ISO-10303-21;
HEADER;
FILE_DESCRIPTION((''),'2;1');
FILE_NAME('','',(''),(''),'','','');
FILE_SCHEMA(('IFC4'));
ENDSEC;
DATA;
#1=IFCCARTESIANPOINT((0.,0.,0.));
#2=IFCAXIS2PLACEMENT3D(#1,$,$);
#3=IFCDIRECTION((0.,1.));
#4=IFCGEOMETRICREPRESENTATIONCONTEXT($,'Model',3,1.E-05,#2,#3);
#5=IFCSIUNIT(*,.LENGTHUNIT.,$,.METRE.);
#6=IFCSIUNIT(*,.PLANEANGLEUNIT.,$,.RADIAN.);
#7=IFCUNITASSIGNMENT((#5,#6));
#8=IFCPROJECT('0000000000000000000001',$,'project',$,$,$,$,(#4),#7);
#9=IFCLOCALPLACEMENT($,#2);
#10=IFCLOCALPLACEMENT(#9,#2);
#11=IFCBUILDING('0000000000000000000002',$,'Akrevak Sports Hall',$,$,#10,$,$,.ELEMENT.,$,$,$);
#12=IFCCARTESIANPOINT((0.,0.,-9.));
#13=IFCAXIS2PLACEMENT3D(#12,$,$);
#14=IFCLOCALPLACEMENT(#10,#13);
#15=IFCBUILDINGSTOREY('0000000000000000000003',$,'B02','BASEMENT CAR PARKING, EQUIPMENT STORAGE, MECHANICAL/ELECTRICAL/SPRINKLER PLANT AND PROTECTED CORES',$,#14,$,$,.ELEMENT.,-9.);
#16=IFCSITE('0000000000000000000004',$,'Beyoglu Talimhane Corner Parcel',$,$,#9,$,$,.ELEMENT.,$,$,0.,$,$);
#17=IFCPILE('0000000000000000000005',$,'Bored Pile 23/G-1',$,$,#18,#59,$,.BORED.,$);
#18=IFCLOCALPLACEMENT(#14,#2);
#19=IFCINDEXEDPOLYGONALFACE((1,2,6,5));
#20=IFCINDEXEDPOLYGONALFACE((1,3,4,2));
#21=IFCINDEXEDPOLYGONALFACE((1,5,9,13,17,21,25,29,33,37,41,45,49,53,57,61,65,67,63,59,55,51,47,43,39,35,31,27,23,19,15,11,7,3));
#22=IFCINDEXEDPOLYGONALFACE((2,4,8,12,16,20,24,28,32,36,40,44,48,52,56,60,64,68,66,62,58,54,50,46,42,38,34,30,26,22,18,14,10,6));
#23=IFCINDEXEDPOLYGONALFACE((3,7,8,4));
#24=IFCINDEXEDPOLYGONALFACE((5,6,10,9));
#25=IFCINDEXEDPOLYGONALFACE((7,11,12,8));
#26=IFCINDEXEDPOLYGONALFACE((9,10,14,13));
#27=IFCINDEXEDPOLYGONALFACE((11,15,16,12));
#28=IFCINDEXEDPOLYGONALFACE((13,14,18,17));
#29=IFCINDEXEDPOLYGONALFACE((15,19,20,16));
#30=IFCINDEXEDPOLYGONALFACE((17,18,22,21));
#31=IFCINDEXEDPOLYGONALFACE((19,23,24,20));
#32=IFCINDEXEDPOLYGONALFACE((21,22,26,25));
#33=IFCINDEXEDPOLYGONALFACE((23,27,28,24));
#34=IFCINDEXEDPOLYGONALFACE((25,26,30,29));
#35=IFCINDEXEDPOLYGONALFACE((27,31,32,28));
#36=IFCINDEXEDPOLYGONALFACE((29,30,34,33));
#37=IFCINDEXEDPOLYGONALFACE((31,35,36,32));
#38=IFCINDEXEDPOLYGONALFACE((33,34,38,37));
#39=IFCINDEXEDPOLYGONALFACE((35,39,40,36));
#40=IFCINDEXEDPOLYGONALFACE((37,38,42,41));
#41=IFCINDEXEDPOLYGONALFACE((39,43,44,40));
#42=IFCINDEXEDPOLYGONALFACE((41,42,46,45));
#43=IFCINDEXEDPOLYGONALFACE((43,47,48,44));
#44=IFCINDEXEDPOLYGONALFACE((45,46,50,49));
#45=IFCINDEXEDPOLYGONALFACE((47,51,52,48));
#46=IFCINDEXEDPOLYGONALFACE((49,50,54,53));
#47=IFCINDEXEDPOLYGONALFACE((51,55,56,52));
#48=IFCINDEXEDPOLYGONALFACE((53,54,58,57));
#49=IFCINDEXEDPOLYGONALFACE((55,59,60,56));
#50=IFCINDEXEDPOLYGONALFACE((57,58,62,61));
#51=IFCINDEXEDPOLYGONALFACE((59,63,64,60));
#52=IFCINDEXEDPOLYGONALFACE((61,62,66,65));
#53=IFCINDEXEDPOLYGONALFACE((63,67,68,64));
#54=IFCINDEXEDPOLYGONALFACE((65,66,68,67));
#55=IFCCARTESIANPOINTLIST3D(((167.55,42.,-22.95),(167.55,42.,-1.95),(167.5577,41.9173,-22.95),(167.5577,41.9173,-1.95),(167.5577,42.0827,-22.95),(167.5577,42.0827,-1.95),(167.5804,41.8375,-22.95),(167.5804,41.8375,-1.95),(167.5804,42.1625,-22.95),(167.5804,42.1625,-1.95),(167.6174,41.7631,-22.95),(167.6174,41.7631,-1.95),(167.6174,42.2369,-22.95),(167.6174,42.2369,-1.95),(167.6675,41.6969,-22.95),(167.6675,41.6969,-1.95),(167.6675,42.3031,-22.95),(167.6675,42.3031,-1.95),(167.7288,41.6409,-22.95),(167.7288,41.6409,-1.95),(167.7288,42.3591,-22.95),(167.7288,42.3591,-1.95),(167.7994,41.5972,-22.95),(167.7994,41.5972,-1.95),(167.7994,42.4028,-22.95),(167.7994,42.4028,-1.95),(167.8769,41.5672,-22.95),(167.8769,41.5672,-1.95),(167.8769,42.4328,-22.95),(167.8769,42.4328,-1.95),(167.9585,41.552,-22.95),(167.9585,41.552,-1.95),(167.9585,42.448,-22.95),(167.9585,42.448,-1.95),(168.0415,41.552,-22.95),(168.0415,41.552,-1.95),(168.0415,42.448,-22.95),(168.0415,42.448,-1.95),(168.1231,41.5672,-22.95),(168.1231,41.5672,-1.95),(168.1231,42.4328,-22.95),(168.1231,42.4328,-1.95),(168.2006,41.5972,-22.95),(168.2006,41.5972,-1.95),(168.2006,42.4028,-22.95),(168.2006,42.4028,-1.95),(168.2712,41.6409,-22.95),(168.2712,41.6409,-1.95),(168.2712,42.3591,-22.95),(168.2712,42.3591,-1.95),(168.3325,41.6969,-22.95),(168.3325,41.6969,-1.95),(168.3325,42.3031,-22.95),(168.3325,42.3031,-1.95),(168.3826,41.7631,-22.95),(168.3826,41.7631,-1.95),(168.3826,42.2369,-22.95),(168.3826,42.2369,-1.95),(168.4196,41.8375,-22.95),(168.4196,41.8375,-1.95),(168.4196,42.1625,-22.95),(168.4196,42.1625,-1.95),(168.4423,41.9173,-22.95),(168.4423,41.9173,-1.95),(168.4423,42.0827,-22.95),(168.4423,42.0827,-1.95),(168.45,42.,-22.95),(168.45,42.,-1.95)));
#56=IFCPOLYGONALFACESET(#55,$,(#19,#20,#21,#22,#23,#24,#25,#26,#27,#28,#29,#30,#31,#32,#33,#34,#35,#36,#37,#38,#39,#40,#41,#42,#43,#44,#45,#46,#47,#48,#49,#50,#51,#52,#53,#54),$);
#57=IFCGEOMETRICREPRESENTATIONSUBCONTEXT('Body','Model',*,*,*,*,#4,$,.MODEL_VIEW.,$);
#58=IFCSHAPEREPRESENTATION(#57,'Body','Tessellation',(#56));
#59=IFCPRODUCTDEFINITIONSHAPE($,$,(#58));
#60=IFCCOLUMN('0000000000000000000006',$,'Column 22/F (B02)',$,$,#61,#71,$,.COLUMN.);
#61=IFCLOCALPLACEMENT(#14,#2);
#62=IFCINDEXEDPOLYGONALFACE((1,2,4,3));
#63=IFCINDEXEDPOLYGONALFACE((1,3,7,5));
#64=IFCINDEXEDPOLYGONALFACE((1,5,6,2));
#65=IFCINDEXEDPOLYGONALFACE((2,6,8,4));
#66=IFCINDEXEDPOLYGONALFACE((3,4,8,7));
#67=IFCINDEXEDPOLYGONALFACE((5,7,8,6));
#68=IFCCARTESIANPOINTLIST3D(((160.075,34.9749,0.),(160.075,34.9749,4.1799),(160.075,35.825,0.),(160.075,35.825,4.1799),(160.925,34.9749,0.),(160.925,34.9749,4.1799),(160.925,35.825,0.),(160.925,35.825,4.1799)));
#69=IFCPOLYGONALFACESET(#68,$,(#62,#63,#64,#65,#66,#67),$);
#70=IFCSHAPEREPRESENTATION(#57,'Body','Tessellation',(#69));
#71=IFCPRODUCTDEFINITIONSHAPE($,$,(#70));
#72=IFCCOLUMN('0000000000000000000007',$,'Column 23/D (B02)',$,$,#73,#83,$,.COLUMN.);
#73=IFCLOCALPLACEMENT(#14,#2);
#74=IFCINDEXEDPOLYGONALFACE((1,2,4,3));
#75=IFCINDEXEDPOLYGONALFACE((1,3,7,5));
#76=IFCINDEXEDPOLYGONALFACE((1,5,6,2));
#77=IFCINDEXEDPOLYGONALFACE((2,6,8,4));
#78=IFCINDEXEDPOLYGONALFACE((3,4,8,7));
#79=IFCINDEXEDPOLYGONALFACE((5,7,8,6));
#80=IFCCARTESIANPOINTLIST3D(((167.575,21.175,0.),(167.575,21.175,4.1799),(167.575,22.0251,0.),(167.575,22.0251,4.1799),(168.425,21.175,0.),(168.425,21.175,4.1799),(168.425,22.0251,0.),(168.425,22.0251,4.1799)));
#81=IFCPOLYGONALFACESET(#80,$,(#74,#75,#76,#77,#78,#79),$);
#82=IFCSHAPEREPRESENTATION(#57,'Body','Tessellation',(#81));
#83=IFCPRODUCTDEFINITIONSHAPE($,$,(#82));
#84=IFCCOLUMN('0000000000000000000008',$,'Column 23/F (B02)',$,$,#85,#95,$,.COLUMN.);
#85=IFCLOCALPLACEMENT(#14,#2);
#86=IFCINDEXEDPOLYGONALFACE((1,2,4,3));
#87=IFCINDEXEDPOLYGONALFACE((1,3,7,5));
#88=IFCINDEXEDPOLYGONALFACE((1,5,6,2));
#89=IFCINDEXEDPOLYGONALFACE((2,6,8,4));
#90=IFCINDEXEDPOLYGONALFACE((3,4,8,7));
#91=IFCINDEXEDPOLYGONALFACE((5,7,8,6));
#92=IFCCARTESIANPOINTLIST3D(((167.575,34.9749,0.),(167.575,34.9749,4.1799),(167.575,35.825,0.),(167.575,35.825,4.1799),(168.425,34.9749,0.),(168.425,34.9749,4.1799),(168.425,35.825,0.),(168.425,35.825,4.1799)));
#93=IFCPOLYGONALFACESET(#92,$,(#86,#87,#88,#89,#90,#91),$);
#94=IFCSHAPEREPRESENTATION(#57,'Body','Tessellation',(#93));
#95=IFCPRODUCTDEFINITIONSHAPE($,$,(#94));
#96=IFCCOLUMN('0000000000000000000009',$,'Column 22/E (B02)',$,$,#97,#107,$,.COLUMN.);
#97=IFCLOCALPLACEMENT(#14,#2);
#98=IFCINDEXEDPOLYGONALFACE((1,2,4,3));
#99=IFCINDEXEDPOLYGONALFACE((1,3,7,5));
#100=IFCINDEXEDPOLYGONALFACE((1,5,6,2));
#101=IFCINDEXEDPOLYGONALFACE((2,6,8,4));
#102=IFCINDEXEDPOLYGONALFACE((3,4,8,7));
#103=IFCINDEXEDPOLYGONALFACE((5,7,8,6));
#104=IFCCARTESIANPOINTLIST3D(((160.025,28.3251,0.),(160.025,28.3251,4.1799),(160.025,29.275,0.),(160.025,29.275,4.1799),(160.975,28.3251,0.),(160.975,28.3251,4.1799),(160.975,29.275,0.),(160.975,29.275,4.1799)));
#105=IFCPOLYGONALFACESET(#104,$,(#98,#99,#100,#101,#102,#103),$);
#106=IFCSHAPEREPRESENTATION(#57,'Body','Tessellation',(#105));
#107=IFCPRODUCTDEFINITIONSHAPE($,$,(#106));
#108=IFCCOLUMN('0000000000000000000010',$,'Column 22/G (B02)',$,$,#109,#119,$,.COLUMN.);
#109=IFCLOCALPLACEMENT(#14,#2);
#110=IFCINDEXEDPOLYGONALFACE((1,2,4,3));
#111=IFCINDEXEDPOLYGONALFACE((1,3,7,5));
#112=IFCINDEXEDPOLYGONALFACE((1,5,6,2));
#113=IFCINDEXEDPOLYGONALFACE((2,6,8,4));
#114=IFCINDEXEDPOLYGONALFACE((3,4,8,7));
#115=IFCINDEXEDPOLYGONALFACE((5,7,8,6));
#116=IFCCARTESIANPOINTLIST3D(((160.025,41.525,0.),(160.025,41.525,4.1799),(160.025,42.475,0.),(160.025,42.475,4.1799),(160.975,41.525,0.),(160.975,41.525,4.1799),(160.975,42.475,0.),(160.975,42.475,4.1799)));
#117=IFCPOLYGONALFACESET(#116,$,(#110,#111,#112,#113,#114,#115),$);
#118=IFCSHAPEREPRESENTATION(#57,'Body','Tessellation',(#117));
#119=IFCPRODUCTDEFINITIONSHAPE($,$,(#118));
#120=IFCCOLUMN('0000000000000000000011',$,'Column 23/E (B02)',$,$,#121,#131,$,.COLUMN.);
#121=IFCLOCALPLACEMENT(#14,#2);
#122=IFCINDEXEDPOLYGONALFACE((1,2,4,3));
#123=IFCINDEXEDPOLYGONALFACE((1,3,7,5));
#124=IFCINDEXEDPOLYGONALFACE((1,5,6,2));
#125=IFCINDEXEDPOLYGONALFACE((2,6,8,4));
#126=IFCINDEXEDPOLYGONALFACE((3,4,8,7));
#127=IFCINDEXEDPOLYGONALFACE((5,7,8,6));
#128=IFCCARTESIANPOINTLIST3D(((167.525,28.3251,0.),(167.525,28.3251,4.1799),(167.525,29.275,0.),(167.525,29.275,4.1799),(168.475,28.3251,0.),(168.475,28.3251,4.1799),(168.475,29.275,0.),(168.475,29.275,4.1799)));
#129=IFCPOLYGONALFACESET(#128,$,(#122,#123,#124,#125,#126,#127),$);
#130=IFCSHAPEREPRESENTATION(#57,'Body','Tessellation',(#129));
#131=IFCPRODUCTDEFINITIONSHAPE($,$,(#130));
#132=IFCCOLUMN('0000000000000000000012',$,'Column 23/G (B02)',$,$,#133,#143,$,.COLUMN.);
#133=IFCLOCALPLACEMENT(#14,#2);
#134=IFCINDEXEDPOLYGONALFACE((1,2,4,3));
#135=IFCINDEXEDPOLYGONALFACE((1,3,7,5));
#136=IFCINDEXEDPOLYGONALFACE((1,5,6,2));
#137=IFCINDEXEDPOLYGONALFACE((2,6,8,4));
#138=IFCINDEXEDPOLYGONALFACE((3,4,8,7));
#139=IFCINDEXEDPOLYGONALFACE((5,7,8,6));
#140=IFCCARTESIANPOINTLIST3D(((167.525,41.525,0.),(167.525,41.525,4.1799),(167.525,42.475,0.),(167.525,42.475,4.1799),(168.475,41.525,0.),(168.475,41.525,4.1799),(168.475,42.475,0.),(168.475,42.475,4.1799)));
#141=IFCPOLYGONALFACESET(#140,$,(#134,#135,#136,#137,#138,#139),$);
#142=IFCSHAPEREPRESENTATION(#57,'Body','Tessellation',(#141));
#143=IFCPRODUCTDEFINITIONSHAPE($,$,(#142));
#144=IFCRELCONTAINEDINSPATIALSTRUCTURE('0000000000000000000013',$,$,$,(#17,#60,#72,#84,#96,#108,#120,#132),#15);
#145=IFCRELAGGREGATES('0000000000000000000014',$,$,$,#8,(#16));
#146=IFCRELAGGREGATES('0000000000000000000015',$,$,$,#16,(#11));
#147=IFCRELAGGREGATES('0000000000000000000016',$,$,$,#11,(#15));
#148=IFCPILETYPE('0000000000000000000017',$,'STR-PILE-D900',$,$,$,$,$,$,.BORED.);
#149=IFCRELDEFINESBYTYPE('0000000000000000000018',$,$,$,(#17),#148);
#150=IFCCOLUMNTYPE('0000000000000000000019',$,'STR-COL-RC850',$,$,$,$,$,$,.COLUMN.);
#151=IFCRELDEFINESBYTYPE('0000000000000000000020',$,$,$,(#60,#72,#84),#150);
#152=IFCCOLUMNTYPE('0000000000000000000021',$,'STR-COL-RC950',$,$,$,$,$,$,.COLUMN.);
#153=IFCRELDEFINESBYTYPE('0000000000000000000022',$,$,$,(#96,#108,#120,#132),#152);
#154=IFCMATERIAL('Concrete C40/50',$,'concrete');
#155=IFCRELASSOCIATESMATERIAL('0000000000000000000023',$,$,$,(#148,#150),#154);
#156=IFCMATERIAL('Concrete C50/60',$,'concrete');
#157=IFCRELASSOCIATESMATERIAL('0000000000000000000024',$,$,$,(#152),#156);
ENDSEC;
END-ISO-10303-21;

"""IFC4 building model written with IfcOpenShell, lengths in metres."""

from ifc_helpers import new_model, si_unit, direction, frame, origin, origin_2d, place, context, subcontext, project, spatial, rectangle, circle, extrude, material, material_profile, profile_set, type_object, element, save


model = new_model("IFC4")

# Units and contexts
model_context = context("Model", 3, precision=1e-05, world=origin(), true_north=direction((0.0, 1.0)))
body_context = subcontext(model_context, "Body", "Model", "MODEL_VIEW")
ifc_project = project(units=[si_unit("LENGTHUNIT", "METRE"), si_unit("PLANEANGLEUNIT", "RADIAN")], contexts=[model_context])

# Site, building, storey
site_placement = place(None, origin())
site = spatial("IfcSite", under=ifc_project, at=site_placement, Name="Beyoglu Talimhane Corner Parcel", CompositionType="ELEMENT", RefElevation=0.0)
building_placement = place(site_placement, origin())
building = spatial("IfcBuilding", under=site, at=building_placement, Name="Akrevak Sports Hall", CompositionType="ELEMENT")
storey_placement = place(building_placement, frame((0.0, 0.0, -9.0)))
storey = spatial("IfcBuildingStorey", under=building, at=storey_placement, Name="B02", Description="BASEMENT CAR PARKING, EQUIPMENT STORAGE, MECHANICAL/ELECTRICAL/SPRINKLER PLANT AND PROTECTED CORES", CompositionType="ELEMENT", Elevation=-9.0)

# Shared definitions
ifc_material_1 = material(Name="Concrete C40/50", Category="concrete")

# Pile
ifc_material_profile_1 = material_profile(ifc_material_1, circle(Radius=0.45, at=origin_2d()), Name="BORED PILE D900", Category="concrete")
ifc_profile_set_1 = profile_set([ifc_material_profile_1], Name="Concrete C40/50")
pile_type_1 = type_object("IfcPileType", Name="STR-PILE-D900", PredefinedType="BORED", material=ifc_profile_set_1)
for number, where, z_axis, x_axis, name in (
    (1, (168.0, 42.0, -1.95), (0.0, 0.0, -1.0), (1.0, 0.0, 0.0), "Bored Pile 23/G-1"),
):
    element("IfcPile", number, at=place(storey_placement, frame(where, z_axis=z_axis, x_axis=x_axis)), inside=storey, type_object=pile_type_1, Name=name, PredefinedType="BORED", context=body_context, shape_type="SweptSolid", body=[
        extrude(circle(Radius=0.45, at=origin_2d()), origin(), (0.0, 0.0, 1.0), 21.0),
    ])

# Columns
ifc_material_profile_2 = material_profile(ifc_material_1, rectangle(XDim=0.8501, YDim=0.8501, at=origin_2d()), Name="RC 850x850", Category="concrete")
ifc_profile_set_2 = profile_set([ifc_material_profile_2], Name="Concrete C40/50")
column_type_1 = type_object("IfcColumnType", Name="STR-COL-RC850", PredefinedType="COLUMN", material=ifc_profile_set_2)
for number, where, z_axis, x_axis, name in (
    (2, (160.5, 35.3999, 0.0), (0.0, 0.0, 1.0), (1.0, 0.0, 0.0), "Column 22/F (B02)"),
    (3, (168.0, 21.6001, 0.0), (0.0, 0.0, 1.0), (1.0, 0.0, 0.0), "Column 23/D (B02)"),
    (4, (168.0, 35.3999, 0.0), (0.0, 0.0, 1.0), (1.0, 0.0, 0.0), "Column 23/F (B02)"),
):
    element("IfcColumn", number, at=place(storey_placement, frame(where, z_axis=z_axis, x_axis=x_axis)), inside=storey, type_object=column_type_1, Name=name, PredefinedType="COLUMN", context=body_context, shape_type="SweptSolid", body=[
        extrude(rectangle(XDim=0.8501, YDim=0.8501, at=origin_2d()), origin(), (0.0, 0.0, 1.0), 4.1799),
    ])
ifc_material_2 = material(Name="Concrete C50/60", Category="concrete")
ifc_material_profile_3 = material_profile(ifc_material_2, rectangle(XDim=0.95, YDim=0.95, at=origin_2d()), Name="RC 950x950", Category="concrete")
ifc_profile_set_3 = profile_set([ifc_material_profile_3], Name="Concrete C50/60")
column_type_2 = type_object("IfcColumnType", Name="STR-COL-RC950", PredefinedType="COLUMN", material=ifc_profile_set_3)
for number, where, z_axis, x_axis, name in (
    (5, (160.5, 28.8, 0.0), (0.0, 0.0, 1.0), (1.0, 0.0, 0.0), "Column 22/E (B02)"),
    (6, (160.5, 42.0, 0.0), (0.0, 0.0, 1.0), (1.0, 0.0, 0.0), "Column 22/G (B02)"),
    (7, (168.0, 28.8, 0.0), (0.0, 0.0, 1.0), (1.0, 0.0, 0.0), "Column 23/E (B02)"),
    (8, (168.0, 42.0, 0.0), (0.0, 0.0, 1.0), (1.0, 0.0, 0.0), "Column 23/G (B02)"),
):
    element("IfcColumn", number, at=place(storey_placement, frame(where, z_axis=z_axis, x_axis=x_axis)), inside=storey, type_object=column_type_2, Name=name, PredefinedType="COLUMN", context=body_context, shape_type="SweptSolid", body=[
        extrude(rectangle(XDim=0.95, YDim=0.95, at=origin_2d()), origin(), (0.0, 0.0, 1.0), 4.1799),
    ])

save(model, "model.ifc")
